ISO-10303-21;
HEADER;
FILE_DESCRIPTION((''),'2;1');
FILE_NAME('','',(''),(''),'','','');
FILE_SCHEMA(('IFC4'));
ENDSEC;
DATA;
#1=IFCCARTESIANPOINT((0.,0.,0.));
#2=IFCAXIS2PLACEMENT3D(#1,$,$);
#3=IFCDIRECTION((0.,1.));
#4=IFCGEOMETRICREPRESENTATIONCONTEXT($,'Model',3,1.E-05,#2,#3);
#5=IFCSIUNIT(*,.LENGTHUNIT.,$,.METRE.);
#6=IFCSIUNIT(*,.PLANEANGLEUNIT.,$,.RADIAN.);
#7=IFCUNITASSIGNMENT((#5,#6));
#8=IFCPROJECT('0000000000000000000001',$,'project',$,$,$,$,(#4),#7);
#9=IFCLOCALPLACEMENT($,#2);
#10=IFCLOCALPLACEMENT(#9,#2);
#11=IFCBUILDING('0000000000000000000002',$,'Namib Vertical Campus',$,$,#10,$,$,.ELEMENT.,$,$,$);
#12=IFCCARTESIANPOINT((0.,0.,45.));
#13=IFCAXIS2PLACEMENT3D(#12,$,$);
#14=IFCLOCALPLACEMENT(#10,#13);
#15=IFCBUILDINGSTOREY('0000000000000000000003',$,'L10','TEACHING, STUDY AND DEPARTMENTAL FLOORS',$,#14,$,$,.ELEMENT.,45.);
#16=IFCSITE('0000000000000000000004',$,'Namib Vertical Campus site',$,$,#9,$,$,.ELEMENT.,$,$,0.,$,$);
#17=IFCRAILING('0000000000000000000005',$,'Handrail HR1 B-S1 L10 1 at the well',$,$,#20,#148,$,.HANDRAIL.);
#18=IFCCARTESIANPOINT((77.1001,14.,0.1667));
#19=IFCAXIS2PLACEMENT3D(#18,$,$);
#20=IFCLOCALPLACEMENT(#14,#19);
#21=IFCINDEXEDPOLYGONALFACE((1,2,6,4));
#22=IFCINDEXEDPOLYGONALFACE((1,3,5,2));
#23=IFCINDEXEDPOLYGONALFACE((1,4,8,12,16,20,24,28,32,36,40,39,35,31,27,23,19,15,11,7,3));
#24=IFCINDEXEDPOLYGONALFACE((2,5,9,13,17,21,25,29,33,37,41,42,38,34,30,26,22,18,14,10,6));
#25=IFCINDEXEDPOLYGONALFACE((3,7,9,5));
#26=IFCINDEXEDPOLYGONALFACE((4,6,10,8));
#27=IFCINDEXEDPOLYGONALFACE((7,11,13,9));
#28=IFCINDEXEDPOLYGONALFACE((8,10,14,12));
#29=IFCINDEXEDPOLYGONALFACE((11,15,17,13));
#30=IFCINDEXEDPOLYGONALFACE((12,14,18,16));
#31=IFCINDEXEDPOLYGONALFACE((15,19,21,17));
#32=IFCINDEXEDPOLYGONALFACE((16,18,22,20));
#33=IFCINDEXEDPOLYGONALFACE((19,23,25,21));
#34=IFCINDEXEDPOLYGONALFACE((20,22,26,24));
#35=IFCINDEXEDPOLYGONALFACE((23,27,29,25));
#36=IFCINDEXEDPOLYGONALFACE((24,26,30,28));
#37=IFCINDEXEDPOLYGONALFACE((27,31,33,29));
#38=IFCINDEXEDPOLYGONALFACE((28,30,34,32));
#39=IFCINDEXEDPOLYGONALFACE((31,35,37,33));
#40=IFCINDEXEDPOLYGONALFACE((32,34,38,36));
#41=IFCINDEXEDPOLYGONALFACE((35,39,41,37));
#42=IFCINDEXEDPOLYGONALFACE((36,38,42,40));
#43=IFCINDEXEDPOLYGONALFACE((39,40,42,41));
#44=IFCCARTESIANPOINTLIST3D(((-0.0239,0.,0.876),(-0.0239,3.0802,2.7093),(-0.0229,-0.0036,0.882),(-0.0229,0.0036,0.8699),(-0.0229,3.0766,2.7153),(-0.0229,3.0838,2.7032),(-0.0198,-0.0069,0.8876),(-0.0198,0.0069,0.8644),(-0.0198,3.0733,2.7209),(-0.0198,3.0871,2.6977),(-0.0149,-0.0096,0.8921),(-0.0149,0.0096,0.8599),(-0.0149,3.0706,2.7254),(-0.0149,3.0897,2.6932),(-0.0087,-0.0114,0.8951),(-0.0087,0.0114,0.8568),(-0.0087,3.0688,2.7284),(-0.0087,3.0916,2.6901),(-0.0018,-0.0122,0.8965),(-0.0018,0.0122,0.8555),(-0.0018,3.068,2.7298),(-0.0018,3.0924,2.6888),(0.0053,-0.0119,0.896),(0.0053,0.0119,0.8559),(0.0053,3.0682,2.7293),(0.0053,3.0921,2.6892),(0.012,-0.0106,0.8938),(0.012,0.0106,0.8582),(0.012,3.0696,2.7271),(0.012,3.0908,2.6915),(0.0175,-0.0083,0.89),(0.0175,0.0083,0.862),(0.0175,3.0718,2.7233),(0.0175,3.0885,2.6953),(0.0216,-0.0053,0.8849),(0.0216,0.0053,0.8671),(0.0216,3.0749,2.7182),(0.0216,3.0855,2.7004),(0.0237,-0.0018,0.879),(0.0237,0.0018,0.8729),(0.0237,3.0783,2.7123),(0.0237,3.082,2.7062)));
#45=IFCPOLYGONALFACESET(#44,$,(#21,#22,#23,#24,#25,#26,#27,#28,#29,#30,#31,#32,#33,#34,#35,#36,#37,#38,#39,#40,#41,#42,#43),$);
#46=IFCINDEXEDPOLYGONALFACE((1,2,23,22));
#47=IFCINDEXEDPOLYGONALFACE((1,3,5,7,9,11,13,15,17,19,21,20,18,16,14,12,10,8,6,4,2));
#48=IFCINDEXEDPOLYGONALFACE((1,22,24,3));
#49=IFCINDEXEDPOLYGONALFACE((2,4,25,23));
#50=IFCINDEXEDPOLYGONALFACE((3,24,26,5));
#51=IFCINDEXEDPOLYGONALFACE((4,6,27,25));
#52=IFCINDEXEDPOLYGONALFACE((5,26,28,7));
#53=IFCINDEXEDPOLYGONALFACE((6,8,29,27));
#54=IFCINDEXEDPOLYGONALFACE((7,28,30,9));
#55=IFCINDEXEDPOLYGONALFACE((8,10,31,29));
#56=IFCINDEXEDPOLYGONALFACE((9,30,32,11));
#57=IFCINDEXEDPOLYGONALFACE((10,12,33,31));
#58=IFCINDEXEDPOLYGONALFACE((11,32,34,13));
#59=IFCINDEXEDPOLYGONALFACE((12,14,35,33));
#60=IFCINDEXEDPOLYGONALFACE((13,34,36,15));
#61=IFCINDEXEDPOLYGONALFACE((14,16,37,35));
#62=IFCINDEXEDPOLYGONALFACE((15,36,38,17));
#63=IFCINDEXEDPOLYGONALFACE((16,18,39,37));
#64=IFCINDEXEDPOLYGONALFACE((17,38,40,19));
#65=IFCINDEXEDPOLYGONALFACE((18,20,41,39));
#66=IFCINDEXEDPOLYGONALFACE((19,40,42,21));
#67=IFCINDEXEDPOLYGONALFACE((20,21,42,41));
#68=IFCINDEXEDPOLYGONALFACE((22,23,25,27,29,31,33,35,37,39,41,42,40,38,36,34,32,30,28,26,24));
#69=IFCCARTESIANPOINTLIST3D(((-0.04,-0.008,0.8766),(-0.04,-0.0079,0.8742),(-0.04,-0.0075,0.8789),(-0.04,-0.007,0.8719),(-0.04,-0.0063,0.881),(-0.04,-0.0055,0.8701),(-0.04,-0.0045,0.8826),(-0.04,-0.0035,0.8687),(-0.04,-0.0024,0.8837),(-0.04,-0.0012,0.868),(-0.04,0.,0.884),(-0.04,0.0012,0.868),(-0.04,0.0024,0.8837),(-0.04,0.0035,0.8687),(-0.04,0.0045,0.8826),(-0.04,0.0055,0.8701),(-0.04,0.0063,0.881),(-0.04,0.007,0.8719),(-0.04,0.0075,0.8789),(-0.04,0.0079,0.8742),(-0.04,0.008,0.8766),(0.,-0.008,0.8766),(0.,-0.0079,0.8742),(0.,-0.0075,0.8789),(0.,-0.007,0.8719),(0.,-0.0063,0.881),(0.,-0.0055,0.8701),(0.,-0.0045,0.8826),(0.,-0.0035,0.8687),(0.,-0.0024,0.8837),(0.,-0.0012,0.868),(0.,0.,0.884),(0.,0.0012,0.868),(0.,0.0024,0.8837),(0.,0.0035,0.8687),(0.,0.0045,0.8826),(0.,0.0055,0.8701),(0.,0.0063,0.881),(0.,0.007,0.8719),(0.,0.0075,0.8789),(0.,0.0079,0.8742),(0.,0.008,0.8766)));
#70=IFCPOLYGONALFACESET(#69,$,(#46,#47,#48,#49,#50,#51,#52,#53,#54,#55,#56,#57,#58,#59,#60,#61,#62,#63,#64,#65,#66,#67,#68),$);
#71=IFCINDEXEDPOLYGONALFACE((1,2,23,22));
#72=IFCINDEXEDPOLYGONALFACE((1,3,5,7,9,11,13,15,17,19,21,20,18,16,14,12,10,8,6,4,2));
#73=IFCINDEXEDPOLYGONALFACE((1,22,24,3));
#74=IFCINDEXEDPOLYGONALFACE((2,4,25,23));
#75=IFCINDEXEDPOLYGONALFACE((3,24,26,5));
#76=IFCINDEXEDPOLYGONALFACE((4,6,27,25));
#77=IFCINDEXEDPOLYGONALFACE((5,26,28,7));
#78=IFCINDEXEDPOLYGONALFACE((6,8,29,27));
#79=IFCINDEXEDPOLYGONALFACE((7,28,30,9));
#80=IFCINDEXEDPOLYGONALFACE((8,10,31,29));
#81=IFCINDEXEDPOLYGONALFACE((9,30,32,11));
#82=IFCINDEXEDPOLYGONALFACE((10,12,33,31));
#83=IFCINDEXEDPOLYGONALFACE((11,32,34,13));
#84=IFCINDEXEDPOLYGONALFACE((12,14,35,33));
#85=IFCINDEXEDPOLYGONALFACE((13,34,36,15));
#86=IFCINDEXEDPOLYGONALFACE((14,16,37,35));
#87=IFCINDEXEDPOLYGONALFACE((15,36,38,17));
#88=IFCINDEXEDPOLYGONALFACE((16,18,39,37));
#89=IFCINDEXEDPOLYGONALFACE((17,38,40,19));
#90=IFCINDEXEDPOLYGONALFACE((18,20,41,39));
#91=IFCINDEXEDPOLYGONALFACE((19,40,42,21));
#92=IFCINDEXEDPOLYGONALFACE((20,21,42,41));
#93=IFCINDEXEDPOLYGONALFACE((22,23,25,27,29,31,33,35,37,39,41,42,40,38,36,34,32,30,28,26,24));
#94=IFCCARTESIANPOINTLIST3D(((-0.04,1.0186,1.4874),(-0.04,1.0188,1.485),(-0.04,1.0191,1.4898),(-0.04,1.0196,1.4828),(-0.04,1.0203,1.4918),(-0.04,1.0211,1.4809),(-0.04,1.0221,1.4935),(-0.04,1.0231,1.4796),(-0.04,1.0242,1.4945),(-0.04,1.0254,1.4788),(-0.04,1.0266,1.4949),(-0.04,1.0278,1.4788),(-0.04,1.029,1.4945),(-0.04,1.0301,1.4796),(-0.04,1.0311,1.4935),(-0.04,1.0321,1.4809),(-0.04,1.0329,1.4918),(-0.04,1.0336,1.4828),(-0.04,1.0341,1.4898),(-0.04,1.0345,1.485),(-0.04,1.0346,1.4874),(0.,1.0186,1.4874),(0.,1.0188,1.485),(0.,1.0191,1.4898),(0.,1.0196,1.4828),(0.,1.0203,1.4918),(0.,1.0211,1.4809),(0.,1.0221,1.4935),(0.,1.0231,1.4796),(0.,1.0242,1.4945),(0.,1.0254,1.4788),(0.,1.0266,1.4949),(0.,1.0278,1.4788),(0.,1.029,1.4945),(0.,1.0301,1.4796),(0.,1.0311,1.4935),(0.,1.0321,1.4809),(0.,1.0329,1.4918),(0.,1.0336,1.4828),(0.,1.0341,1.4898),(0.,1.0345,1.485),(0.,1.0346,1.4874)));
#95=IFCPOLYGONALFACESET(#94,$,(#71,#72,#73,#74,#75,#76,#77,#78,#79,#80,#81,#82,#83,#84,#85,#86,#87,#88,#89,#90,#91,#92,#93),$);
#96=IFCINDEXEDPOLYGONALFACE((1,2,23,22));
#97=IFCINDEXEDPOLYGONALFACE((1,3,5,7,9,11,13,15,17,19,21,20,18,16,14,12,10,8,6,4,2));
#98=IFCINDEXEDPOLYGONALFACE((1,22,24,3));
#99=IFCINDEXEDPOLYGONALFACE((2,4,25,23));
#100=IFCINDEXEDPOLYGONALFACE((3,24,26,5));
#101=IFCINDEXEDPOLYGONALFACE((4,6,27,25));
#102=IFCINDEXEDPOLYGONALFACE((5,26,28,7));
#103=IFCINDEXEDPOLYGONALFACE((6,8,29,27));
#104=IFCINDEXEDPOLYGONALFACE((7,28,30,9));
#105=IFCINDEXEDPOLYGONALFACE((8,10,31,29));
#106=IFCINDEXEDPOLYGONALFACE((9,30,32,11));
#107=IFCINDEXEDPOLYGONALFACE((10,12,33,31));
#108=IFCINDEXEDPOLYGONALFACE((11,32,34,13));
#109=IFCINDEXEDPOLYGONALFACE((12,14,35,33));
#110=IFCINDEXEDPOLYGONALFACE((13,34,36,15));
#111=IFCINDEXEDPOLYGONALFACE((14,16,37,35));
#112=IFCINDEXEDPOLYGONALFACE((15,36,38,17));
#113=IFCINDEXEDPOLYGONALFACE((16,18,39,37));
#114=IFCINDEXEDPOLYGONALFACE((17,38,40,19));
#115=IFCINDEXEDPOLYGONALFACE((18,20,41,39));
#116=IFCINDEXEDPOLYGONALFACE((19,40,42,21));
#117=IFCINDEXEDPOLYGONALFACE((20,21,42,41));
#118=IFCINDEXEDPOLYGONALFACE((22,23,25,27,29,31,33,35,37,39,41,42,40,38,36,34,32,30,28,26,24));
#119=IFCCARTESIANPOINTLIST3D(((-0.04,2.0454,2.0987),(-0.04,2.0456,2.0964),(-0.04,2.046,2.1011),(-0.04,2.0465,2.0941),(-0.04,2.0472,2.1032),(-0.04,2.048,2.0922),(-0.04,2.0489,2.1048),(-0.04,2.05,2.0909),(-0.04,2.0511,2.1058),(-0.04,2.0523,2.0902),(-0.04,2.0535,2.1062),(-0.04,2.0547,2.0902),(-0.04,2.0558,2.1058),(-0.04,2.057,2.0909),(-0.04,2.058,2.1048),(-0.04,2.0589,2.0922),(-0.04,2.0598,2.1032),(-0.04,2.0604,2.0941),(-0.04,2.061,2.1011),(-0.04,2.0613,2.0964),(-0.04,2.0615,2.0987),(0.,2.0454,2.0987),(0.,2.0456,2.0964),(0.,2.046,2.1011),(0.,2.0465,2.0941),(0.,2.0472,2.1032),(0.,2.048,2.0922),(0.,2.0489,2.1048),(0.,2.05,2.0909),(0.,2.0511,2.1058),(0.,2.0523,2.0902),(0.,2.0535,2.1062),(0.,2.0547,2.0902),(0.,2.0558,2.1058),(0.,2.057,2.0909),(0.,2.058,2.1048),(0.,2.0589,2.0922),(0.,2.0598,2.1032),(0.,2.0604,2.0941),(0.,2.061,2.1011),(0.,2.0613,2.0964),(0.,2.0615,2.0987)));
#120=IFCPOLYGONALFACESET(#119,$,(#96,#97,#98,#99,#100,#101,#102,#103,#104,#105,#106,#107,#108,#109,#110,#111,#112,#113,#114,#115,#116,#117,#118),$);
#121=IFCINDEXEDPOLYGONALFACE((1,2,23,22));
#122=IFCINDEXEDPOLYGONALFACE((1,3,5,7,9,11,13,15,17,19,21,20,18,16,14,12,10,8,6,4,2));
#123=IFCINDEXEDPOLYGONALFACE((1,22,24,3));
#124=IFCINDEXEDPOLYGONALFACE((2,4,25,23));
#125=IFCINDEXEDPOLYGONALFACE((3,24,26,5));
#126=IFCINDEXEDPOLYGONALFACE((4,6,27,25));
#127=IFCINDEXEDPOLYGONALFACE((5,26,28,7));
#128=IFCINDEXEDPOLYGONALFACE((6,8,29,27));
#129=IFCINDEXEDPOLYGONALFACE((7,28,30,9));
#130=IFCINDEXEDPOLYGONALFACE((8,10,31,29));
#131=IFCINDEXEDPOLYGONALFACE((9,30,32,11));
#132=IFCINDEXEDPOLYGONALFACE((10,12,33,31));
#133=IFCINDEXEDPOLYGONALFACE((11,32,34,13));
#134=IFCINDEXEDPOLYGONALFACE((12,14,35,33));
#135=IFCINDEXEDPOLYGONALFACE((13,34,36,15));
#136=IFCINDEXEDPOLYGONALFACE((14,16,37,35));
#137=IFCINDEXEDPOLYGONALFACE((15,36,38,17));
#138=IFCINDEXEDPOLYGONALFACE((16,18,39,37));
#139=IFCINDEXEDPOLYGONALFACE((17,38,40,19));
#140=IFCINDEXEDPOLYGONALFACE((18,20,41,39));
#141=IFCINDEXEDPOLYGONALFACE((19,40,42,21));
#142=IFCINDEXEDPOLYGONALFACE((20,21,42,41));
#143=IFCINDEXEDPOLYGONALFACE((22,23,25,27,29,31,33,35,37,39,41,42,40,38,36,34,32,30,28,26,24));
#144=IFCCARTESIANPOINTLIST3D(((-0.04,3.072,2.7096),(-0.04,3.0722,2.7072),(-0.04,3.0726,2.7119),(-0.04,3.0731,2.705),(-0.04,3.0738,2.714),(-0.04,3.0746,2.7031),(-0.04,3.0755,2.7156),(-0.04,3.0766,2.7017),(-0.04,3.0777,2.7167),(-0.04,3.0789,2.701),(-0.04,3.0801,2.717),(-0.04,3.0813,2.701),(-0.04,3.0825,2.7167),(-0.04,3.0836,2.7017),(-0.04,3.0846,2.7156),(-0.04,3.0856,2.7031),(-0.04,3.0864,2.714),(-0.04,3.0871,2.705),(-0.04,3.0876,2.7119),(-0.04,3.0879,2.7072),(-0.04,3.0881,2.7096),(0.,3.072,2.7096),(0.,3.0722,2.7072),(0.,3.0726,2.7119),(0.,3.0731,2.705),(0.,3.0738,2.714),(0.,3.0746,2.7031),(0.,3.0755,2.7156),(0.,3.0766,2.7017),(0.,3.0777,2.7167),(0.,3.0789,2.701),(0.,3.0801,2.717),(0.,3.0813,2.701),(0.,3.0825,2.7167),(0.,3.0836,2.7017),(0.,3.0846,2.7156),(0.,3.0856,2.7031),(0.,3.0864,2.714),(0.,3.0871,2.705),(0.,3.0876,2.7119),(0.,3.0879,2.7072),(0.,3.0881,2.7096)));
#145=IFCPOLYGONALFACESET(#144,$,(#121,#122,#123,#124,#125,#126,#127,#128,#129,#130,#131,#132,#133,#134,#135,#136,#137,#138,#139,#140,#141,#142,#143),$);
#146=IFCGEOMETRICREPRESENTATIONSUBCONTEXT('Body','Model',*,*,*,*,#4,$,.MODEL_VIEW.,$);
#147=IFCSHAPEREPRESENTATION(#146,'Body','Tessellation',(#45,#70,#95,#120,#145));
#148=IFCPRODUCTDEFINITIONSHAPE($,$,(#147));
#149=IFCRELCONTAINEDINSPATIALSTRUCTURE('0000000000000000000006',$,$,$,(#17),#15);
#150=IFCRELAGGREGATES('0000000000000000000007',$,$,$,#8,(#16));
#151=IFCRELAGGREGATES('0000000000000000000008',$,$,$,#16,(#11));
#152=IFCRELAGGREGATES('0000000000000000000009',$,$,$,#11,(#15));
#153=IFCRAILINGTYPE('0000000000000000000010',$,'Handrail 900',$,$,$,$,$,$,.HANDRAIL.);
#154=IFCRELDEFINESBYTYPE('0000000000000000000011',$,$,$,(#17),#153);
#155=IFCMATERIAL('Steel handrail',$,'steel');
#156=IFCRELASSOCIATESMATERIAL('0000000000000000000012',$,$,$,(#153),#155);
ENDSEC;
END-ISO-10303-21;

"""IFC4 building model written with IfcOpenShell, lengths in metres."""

from ifc_helpers import new_model, si_unit, direction, frame, origin, origin_2d, place, context, subcontext, project, spatial, circle, extrude, material, type_object, element, save


model = new_model("IFC4")

# Units and contexts
model_context = context("Model", 3, precision=1e-05, world=origin(), true_north=direction((0.0, 1.0)))
body_context = subcontext(model_context, "Body", "Model", "MODEL_VIEW")
ifc_project = project(units=[si_unit("LENGTHUNIT", "METRE"), si_unit("PLANEANGLEUNIT", "RADIAN")], contexts=[model_context])

# Site, building, storey
site_placement = place(None, origin())
site = spatial("IfcSite", under=ifc_project, at=site_placement, Name="Namib Vertical Campus site", CompositionType="ELEMENT", RefElevation=0.0)
building_placement = place(site_placement, origin())
building = spatial("IfcBuilding", under=site, at=building_placement, Name="Namib Vertical Campus", CompositionType="ELEMENT")
storey_placement = place(building_placement, frame((0.0, 0.0, 45.0)))
storey = spatial("IfcBuildingStorey", under=building, at=storey_placement, Name="L10", Description="TEACHING, STUDY AND DEPARTMENTAL FLOORS", CompositionType="ELEMENT", Elevation=45.0)

# Railing
ifc_material_1 = material(Name="Steel handrail", Category="steel")
railing_type_1 = type_object("IfcRailingType", Name="Handrail 900", PredefinedType="HANDRAIL", material=ifc_material_1)
railing_1_placement = place(storey_placement, frame((77.1001, 14.0, 0.1667)))
element("IfcRailing", 1, at=railing_1_placement, inside=storey, type_object=railing_type_1, Name="Handrail HR1 B-S1 L10 1 at the well", PredefinedType="HANDRAIL", context=body_context, shape_type="SweptSolid", body=[
    extrude(circle(Radius=0.0239, at=origin_2d()), frame((0.0, 0.0, 0.876), z_axis=(0.0, 0.859309, 0.511458), x_axis=(-1.0, 0.0, 0.0)), (0.0, 0.0, 1.0), 3.5845),
    extrude(circle(Radius=0.0081, at=origin_2d()), frame((0.0, 0.0, 0.876), z_axis=(-1.0, 0.0, 0.0), x_axis=(0.0, 0.0, 1.0)), (0.0, 0.0, 1.0), 0.04),
    extrude(circle(Radius=0.0081, at=origin_2d()), frame((0.0, 1.0266, 1.4868), z_axis=(-1.0, 0.0, 0.0), x_axis=(0.0, 0.0, 1.0)), (0.0, 0.0, 1.0), 0.04),
    extrude(circle(Radius=0.0081, at=origin_2d()), frame((0.0, 2.0535, 2.0981), z_axis=(-1.0, 0.0, 0.0), x_axis=(0.0, 0.0, 1.0)), (0.0, 0.0, 1.0), 0.04),
    extrude(circle(Radius=0.0081, at=origin_2d()), frame((0.0, 3.0801, 2.709), z_axis=(-1.0, 0.0, 0.0), x_axis=(0.0, 0.0, 1.0)), (0.0, 0.0, 1.0), 0.04),
])

save(model, "model.ifc")
